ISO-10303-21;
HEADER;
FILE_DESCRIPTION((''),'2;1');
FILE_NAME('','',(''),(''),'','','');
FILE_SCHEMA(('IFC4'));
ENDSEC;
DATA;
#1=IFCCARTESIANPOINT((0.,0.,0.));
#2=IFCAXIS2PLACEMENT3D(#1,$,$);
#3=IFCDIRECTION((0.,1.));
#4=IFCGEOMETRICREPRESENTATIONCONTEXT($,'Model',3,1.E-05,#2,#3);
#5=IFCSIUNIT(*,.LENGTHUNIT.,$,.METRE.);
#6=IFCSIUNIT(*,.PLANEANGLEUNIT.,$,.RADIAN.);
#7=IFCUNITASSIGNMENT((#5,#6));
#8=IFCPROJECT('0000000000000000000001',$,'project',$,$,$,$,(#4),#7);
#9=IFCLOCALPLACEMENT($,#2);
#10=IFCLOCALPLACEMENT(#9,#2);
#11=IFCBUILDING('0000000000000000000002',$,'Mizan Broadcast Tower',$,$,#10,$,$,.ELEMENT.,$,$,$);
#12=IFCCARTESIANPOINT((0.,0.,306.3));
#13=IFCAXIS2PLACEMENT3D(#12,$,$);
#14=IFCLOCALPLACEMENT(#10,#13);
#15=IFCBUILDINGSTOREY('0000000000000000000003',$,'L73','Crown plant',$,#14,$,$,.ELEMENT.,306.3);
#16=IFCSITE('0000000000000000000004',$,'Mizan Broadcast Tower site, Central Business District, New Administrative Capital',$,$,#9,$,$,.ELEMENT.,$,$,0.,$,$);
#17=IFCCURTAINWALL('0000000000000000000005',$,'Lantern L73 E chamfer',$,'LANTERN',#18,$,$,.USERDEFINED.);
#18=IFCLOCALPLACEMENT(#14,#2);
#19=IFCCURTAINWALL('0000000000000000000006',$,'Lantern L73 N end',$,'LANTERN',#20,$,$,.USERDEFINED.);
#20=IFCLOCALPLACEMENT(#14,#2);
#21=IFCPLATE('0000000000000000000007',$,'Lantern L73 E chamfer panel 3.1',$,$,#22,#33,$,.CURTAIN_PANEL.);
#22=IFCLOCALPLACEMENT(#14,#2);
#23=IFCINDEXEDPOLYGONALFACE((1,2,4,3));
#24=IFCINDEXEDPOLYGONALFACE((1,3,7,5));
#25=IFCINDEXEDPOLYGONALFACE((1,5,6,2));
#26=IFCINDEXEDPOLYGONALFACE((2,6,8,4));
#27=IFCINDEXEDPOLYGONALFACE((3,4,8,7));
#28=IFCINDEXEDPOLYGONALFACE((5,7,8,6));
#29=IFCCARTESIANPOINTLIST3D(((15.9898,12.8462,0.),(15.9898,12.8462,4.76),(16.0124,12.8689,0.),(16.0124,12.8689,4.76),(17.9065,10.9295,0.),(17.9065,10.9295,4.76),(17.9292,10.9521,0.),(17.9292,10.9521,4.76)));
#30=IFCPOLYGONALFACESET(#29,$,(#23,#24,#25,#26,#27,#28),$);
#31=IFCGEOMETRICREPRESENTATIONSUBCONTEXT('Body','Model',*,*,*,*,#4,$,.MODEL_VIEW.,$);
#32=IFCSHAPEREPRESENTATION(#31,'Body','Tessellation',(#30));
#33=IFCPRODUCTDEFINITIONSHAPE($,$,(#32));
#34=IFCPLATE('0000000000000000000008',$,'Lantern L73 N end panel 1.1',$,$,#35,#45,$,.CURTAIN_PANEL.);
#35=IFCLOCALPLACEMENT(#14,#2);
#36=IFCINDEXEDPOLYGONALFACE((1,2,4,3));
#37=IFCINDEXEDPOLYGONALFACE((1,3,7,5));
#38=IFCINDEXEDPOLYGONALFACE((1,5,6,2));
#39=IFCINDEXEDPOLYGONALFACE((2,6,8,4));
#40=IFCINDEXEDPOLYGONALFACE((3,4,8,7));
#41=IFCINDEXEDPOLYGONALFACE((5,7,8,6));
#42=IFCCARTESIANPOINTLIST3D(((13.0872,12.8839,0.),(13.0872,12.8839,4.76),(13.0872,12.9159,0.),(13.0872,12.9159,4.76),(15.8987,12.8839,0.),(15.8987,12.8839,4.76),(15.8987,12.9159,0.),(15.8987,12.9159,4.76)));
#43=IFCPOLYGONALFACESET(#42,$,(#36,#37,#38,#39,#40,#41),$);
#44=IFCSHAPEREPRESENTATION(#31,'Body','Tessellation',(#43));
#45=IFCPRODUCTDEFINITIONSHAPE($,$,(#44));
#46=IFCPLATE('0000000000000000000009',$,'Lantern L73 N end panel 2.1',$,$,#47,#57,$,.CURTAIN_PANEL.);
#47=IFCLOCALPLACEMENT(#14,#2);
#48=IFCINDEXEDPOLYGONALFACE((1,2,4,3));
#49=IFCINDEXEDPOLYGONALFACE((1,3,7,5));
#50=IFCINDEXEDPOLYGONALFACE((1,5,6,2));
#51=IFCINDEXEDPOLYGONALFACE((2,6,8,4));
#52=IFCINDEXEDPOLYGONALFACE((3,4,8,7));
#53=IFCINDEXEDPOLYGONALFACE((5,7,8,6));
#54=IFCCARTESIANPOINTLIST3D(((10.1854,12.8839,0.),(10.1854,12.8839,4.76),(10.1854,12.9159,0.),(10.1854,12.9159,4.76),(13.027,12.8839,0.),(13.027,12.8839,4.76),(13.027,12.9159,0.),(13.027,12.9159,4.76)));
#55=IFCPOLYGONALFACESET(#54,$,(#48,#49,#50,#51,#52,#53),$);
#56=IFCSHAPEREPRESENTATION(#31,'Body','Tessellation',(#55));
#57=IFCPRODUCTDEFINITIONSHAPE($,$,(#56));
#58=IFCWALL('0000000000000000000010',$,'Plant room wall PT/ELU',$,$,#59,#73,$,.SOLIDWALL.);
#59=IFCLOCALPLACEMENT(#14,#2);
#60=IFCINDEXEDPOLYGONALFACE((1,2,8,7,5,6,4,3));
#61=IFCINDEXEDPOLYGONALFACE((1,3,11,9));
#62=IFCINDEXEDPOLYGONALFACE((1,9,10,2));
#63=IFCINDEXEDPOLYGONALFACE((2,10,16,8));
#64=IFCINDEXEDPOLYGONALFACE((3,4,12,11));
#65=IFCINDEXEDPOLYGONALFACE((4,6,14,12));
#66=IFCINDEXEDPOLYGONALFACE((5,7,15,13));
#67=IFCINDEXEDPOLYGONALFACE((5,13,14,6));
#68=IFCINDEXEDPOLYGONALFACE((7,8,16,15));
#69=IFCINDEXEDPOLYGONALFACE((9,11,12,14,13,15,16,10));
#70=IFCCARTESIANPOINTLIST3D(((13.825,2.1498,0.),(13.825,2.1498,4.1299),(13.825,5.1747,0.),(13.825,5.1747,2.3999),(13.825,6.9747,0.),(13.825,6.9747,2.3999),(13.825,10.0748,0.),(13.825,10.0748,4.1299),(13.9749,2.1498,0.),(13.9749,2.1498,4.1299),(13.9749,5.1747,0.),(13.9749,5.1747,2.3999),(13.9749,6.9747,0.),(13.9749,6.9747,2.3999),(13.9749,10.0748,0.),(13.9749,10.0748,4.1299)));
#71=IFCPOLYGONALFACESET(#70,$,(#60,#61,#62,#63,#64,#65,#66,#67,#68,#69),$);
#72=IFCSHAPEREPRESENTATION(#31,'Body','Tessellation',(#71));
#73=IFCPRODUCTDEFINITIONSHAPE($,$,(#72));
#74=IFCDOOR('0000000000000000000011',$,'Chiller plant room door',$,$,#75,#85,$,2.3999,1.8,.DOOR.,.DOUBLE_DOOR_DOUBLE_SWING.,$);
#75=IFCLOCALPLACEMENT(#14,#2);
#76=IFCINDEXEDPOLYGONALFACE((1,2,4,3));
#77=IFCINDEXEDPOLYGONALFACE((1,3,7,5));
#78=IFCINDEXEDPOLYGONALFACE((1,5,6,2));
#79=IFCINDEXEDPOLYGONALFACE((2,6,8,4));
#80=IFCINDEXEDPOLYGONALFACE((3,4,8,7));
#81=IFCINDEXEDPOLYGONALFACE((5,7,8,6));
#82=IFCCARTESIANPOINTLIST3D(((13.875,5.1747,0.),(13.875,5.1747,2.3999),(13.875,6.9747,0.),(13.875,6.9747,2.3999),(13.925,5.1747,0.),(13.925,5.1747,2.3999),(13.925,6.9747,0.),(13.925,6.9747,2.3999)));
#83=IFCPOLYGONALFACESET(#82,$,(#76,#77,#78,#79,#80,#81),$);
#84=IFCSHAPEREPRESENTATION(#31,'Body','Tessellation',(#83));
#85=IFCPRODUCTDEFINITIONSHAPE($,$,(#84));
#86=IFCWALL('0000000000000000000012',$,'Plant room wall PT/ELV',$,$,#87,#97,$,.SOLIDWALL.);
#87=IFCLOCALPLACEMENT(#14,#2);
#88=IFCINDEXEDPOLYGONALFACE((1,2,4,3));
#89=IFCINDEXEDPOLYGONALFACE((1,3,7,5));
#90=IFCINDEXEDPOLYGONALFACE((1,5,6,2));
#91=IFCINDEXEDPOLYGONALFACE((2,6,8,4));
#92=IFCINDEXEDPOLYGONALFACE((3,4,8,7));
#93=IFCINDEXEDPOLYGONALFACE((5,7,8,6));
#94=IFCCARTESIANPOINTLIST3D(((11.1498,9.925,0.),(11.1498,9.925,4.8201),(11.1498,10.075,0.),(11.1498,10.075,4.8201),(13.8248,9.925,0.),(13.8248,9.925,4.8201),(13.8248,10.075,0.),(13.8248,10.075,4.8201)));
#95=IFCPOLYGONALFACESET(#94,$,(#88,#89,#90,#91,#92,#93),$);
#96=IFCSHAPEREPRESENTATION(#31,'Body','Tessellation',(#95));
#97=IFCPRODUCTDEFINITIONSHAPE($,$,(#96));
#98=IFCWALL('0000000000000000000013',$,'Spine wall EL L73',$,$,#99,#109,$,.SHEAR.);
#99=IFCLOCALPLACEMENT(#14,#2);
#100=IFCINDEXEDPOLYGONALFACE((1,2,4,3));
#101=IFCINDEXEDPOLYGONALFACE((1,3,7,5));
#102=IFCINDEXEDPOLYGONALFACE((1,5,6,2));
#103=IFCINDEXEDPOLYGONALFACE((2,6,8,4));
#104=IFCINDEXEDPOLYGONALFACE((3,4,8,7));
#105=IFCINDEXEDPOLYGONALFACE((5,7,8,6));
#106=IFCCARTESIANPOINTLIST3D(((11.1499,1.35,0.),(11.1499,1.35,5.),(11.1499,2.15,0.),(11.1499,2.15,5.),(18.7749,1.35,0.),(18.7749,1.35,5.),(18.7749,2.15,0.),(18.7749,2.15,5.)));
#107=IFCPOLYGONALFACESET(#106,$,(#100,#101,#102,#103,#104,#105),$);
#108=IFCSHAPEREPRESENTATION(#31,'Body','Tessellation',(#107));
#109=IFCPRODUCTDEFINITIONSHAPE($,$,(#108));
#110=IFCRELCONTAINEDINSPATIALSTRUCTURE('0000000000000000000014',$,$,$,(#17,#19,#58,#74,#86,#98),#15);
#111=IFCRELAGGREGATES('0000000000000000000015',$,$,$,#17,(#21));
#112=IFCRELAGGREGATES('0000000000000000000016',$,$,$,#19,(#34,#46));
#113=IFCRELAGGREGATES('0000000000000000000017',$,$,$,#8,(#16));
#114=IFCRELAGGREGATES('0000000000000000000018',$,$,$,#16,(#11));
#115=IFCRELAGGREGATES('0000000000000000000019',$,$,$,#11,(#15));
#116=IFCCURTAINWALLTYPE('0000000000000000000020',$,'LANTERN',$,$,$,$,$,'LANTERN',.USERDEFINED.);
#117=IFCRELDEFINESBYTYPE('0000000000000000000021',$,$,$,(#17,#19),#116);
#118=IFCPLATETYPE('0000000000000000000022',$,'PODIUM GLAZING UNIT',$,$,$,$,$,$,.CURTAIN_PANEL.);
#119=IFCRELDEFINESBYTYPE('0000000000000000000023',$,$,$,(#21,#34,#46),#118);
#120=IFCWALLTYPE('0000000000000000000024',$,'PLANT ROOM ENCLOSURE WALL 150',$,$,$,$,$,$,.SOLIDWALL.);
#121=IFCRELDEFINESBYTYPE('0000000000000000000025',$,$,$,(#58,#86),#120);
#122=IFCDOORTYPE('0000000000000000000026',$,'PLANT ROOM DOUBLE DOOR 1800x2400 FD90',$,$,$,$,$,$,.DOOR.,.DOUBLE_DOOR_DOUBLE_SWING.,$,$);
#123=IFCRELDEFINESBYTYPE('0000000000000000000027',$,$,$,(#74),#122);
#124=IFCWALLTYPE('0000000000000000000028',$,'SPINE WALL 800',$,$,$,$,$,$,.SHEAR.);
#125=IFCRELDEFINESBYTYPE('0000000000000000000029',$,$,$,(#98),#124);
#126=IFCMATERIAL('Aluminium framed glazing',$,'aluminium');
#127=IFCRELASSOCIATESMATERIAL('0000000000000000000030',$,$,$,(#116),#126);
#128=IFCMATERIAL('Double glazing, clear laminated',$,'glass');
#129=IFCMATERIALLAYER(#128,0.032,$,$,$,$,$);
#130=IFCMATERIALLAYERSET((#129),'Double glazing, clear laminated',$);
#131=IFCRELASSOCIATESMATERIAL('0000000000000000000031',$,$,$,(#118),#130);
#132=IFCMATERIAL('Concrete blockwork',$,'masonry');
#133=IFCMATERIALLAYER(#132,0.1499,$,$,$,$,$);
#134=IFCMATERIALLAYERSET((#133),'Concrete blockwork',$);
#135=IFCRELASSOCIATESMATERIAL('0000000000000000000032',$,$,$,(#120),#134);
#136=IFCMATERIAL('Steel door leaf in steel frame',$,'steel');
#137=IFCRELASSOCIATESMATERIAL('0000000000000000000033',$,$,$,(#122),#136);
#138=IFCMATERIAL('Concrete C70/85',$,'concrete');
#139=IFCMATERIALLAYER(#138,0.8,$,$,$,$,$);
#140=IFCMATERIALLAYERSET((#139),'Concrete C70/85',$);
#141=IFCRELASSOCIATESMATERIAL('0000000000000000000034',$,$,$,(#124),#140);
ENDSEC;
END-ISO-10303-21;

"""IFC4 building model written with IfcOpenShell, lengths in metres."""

from ifc_helpers import new_model, si_unit, direction, frame, frame_2d, origin, origin_2d, place, context, subcontext, project, spatial, rectangle, extrude, material, layer, layer_set, type_object, element, fill, aggregate, save


model = new_model("IFC4")

# Units and contexts
model_context = context("Model", 3, precision=1e-05, world=origin(), true_north=direction((0.0, 1.0)))
body_context = subcontext(model_context, "Body", "Model", "MODEL_VIEW")
ifc_project = project(units=[si_unit("LENGTHUNIT", "METRE"), si_unit("PLANEANGLEUNIT", "RADIAN")], contexts=[model_context])

# Site, building, storey
site_placement = place(None, origin())
site = spatial("IfcSite", under=ifc_project, at=site_placement, Name="Mizan Broadcast Tower site, Central Business District, New Administrative Capital", CompositionType="ELEMENT", RefElevation=0.0)
building_placement = place(site_placement, origin())
building = spatial("IfcBuilding", under=site, at=building_placement, Name="Mizan Broadcast Tower", CompositionType="ELEMENT")
storey_placement = place(building_placement, frame((0.0, 0.0, 306.3)))
storey = spatial("IfcBuildingStorey", under=building, at=storey_placement, Name="L73", Description="Crown plant", CompositionType="ELEMENT", Elevation=306.3)

# Curtain wall
ifc_material_1 = material(Name="Aluminium framed glazing", Category="aluminium")
curtain_wall_type = type_object("IfcCurtainWallType", Name="LANTERN", ElementType="LANTERN", PredefinedType="USERDEFINED", material=ifc_material_1)
curtain_wall_1_placement = place(storey_placement, origin())
curtain_wall_1 = element("IfcCurtainWall", 1, at=curtain_wall_1_placement, inside=storey, type_object=curtain_wall_type, Name="Lantern L73 E chamfer", ObjectType="LANTERN", PredefinedType="USERDEFINED")

# Curtain wall
curtain_wall_2_placement = place(storey_placement, origin())
curtain_wall_2 = element("IfcCurtainWall", 2, at=curtain_wall_2_placement, inside=storey, type_object=curtain_wall_type, Name="Lantern L73 N end", ObjectType="LANTERN", PredefinedType="USERDEFINED")

# Plates
ifc_material_2 = material(Name="Double glazing, clear laminated", Category="glass")
ifc_layer_1 = layer(ifc_material_2, 0.032)
ifc_layer_set_1 = layer_set([ifc_layer_1], Name="Double glazing, clear laminated")
plate_type = type_object("IfcPlateType", Name="PODIUM GLAZING UNIT", PredefinedType="CURTAIN_PANEL", material=ifc_layer_set_1)
plate_1_placement = place(storey_placement, frame((16.9595, 11.8992, 0.0), z_axis=(0.0, 0.0, 1.0), x_axis=(-0.707107, 0.707107, 0.0)))
plate_1 = element("IfcPlate", 3, at=plate_1_placement, type_object=plate_type, Name="Lantern L73 E chamfer panel 3.1", PredefinedType="CURTAIN_PANEL", context=body_context, shape_type="SweptSolid", body=[
    extrude(rectangle(XDim=2.7107, YDim=0.032, at=origin_2d()), origin(), (0.0, 0.0, 1.0), 4.76),
])
aggregate(curtain_wall_1, [plate_1])
plate_2_placement = place(storey_placement, frame((14.4929, 12.8999, 0.0), z_axis=(0.0, 0.0, 1.0), x_axis=(-1.0, 0.0, 0.0)))
plate_2 = element("IfcPlate", 4, at=plate_2_placement, type_object=plate_type, Name="Lantern L73 N end panel 1.1", PredefinedType="CURTAIN_PANEL", context=body_context, shape_type="SweptSolid", body=[
    extrude(rectangle(XDim=2.8115, YDim=0.032, at=origin_2d()), origin(), (0.0, 0.0, 1.0), 4.76),
])
plate_3_placement = place(storey_placement, frame((11.6062, 12.8999, 0.0), z_axis=(0.0, 0.0, 1.0), x_axis=(-1.0, 0.0, 0.0)))
plate_3 = element("IfcPlate", 5, at=plate_3_placement, type_object=plate_type, Name="Lantern L73 N end panel 2.1", PredefinedType="CURTAIN_PANEL", context=body_context, shape_type="SweptSolid", body=[
    extrude(rectangle(XDim=2.8416, YDim=0.032, at=origin_2d()), origin(), (0.0, 0.0, 1.0), 4.76),
])
aggregate(curtain_wall_2, [plate_2, plate_3])

# Wall, opening, door
ifc_material_3 = material(Name="Concrete blockwork", Category="masonry")
ifc_layer_2 = layer(ifc_material_3, 0.1499)
ifc_layer_set_2 = layer_set([ifc_layer_2], Name="Concrete blockwork")
wall_type_1 = type_object("IfcWallType", Name="PLANT ROOM ENCLOSURE WALL 150", PredefinedType="SOLIDWALL", material=ifc_layer_set_2)
wall_1_placement = place(storey_placement, frame((13.8999, 2.1499, 0.0), z_axis=(0.0, 0.0, 1.0), x_axis=(0.0, 1.0, 0.0)))
wall_1 = element("IfcWall", 6, at=wall_1_placement, inside=storey, type_object=wall_type_1, Name="Plant room wall PT/ELU", PredefinedType="SOLIDWALL", context=body_context, shape_type="SweptSolid", body=[
    extrude(rectangle(XDim=7.925, YDim=0.1499, at=frame_2d((3.9624, 0.0))), origin(), (0.0, 0.0, 1.0), 4.1299),
])
opening_placement = place(wall_1_placement, frame((3.0249, 0.0, 0.0)))
opening = element("IfcOpeningElement", 7, at=opening_placement, cuts=wall_1, PredefinedType="OPENING", context=body_context, shape_type="SweptSolid", body=[
    extrude(rectangle(XDim=1.8, YDim=2.3999, at=frame_2d((0.8999, 1.2))), frame((0.0, 0.085, 0.0), z_axis=(0.0, -1.0, 0.0), x_axis=(1.0, 0.0, 0.0)), (0.0, 0.0, 1.0), 0.1699),
])
ifc_material_4 = material(Name="Steel door leaf in steel frame", Category="steel")
door_type = type_object("IfcDoorType", Name="PLANT ROOM DOUBLE DOOR 1800x2400 FD90", OperationType="DOUBLE_DOOR_DOUBLE_SWING", PredefinedType="DOOR", material=ifc_material_4)
door_placement = place(opening_placement, origin())
door = element("IfcDoor", 8, at=door_placement, inside=storey, type_object=door_type, Name="Chiller plant room door", OperationType="DOUBLE_DOOR_DOUBLE_SWING", OverallHeight=2.3999, OverallWidth=1.8, PredefinedType="DOOR", context=body_context, shape_type="SweptSolid", body=[
    extrude(rectangle(XDim=1.8, YDim=2.3999, at=frame_2d((0.8999, 1.2))), frame((0.0, 0.0249, 0.0), z_axis=(0.0, -1.0, 0.0), x_axis=(1.0, 0.0, 0.0)), (0.0, 0.0, 1.0), 0.05),
])
fill(opening, door)

# Walls
wall_2_placement = place(storey_placement, frame((11.1499, 10.0, 0.0), z_axis=(0.0, 0.0, 1.0), x_axis=(1.0, 0.0, 0.0)))
element("IfcWall", 9, at=wall_2_placement, inside=storey, type_object=wall_type_1, Name="Plant room wall PT/ELV", PredefinedType="SOLIDWALL", context=body_context, shape_type="SweptSolid", body=[
    extrude(rectangle(XDim=2.675, YDim=0.1499, at=frame_2d((1.3374, 0.0))), origin(), (0.0, 0.0, 1.0), 4.8201),
])
ifc_material_5 = material(Name="Concrete C70/85", Category="concrete")
ifc_layer_3 = layer(ifc_material_5, 0.8)
ifc_layer_set_3 = layer_set([ifc_layer_3], Name="Concrete C70/85")
wall_type_2 = type_object("IfcWallType", Name="SPINE WALL 800", PredefinedType="SHEAR", material=ifc_layer_set_3)
wall_3_placement = place(storey_placement, frame((11.1499, 1.75, 0.0), z_axis=(0.0, 0.0, 1.0), x_axis=(1.0, 0.0, 0.0)))
element("IfcWall", 10, at=wall_3_placement, inside=storey, type_object=wall_type_2, Name="Spine wall EL L73", PredefinedType="SHEAR", context=body_context, shape_type="SweptSolid", body=[
    extrude(rectangle(XDim=7.625, YDim=0.8, at=frame_2d((3.8125, 0.0))), origin(), (0.0, 0.0, 1.0), 5.0),
])

save(model, "model.ifc")
